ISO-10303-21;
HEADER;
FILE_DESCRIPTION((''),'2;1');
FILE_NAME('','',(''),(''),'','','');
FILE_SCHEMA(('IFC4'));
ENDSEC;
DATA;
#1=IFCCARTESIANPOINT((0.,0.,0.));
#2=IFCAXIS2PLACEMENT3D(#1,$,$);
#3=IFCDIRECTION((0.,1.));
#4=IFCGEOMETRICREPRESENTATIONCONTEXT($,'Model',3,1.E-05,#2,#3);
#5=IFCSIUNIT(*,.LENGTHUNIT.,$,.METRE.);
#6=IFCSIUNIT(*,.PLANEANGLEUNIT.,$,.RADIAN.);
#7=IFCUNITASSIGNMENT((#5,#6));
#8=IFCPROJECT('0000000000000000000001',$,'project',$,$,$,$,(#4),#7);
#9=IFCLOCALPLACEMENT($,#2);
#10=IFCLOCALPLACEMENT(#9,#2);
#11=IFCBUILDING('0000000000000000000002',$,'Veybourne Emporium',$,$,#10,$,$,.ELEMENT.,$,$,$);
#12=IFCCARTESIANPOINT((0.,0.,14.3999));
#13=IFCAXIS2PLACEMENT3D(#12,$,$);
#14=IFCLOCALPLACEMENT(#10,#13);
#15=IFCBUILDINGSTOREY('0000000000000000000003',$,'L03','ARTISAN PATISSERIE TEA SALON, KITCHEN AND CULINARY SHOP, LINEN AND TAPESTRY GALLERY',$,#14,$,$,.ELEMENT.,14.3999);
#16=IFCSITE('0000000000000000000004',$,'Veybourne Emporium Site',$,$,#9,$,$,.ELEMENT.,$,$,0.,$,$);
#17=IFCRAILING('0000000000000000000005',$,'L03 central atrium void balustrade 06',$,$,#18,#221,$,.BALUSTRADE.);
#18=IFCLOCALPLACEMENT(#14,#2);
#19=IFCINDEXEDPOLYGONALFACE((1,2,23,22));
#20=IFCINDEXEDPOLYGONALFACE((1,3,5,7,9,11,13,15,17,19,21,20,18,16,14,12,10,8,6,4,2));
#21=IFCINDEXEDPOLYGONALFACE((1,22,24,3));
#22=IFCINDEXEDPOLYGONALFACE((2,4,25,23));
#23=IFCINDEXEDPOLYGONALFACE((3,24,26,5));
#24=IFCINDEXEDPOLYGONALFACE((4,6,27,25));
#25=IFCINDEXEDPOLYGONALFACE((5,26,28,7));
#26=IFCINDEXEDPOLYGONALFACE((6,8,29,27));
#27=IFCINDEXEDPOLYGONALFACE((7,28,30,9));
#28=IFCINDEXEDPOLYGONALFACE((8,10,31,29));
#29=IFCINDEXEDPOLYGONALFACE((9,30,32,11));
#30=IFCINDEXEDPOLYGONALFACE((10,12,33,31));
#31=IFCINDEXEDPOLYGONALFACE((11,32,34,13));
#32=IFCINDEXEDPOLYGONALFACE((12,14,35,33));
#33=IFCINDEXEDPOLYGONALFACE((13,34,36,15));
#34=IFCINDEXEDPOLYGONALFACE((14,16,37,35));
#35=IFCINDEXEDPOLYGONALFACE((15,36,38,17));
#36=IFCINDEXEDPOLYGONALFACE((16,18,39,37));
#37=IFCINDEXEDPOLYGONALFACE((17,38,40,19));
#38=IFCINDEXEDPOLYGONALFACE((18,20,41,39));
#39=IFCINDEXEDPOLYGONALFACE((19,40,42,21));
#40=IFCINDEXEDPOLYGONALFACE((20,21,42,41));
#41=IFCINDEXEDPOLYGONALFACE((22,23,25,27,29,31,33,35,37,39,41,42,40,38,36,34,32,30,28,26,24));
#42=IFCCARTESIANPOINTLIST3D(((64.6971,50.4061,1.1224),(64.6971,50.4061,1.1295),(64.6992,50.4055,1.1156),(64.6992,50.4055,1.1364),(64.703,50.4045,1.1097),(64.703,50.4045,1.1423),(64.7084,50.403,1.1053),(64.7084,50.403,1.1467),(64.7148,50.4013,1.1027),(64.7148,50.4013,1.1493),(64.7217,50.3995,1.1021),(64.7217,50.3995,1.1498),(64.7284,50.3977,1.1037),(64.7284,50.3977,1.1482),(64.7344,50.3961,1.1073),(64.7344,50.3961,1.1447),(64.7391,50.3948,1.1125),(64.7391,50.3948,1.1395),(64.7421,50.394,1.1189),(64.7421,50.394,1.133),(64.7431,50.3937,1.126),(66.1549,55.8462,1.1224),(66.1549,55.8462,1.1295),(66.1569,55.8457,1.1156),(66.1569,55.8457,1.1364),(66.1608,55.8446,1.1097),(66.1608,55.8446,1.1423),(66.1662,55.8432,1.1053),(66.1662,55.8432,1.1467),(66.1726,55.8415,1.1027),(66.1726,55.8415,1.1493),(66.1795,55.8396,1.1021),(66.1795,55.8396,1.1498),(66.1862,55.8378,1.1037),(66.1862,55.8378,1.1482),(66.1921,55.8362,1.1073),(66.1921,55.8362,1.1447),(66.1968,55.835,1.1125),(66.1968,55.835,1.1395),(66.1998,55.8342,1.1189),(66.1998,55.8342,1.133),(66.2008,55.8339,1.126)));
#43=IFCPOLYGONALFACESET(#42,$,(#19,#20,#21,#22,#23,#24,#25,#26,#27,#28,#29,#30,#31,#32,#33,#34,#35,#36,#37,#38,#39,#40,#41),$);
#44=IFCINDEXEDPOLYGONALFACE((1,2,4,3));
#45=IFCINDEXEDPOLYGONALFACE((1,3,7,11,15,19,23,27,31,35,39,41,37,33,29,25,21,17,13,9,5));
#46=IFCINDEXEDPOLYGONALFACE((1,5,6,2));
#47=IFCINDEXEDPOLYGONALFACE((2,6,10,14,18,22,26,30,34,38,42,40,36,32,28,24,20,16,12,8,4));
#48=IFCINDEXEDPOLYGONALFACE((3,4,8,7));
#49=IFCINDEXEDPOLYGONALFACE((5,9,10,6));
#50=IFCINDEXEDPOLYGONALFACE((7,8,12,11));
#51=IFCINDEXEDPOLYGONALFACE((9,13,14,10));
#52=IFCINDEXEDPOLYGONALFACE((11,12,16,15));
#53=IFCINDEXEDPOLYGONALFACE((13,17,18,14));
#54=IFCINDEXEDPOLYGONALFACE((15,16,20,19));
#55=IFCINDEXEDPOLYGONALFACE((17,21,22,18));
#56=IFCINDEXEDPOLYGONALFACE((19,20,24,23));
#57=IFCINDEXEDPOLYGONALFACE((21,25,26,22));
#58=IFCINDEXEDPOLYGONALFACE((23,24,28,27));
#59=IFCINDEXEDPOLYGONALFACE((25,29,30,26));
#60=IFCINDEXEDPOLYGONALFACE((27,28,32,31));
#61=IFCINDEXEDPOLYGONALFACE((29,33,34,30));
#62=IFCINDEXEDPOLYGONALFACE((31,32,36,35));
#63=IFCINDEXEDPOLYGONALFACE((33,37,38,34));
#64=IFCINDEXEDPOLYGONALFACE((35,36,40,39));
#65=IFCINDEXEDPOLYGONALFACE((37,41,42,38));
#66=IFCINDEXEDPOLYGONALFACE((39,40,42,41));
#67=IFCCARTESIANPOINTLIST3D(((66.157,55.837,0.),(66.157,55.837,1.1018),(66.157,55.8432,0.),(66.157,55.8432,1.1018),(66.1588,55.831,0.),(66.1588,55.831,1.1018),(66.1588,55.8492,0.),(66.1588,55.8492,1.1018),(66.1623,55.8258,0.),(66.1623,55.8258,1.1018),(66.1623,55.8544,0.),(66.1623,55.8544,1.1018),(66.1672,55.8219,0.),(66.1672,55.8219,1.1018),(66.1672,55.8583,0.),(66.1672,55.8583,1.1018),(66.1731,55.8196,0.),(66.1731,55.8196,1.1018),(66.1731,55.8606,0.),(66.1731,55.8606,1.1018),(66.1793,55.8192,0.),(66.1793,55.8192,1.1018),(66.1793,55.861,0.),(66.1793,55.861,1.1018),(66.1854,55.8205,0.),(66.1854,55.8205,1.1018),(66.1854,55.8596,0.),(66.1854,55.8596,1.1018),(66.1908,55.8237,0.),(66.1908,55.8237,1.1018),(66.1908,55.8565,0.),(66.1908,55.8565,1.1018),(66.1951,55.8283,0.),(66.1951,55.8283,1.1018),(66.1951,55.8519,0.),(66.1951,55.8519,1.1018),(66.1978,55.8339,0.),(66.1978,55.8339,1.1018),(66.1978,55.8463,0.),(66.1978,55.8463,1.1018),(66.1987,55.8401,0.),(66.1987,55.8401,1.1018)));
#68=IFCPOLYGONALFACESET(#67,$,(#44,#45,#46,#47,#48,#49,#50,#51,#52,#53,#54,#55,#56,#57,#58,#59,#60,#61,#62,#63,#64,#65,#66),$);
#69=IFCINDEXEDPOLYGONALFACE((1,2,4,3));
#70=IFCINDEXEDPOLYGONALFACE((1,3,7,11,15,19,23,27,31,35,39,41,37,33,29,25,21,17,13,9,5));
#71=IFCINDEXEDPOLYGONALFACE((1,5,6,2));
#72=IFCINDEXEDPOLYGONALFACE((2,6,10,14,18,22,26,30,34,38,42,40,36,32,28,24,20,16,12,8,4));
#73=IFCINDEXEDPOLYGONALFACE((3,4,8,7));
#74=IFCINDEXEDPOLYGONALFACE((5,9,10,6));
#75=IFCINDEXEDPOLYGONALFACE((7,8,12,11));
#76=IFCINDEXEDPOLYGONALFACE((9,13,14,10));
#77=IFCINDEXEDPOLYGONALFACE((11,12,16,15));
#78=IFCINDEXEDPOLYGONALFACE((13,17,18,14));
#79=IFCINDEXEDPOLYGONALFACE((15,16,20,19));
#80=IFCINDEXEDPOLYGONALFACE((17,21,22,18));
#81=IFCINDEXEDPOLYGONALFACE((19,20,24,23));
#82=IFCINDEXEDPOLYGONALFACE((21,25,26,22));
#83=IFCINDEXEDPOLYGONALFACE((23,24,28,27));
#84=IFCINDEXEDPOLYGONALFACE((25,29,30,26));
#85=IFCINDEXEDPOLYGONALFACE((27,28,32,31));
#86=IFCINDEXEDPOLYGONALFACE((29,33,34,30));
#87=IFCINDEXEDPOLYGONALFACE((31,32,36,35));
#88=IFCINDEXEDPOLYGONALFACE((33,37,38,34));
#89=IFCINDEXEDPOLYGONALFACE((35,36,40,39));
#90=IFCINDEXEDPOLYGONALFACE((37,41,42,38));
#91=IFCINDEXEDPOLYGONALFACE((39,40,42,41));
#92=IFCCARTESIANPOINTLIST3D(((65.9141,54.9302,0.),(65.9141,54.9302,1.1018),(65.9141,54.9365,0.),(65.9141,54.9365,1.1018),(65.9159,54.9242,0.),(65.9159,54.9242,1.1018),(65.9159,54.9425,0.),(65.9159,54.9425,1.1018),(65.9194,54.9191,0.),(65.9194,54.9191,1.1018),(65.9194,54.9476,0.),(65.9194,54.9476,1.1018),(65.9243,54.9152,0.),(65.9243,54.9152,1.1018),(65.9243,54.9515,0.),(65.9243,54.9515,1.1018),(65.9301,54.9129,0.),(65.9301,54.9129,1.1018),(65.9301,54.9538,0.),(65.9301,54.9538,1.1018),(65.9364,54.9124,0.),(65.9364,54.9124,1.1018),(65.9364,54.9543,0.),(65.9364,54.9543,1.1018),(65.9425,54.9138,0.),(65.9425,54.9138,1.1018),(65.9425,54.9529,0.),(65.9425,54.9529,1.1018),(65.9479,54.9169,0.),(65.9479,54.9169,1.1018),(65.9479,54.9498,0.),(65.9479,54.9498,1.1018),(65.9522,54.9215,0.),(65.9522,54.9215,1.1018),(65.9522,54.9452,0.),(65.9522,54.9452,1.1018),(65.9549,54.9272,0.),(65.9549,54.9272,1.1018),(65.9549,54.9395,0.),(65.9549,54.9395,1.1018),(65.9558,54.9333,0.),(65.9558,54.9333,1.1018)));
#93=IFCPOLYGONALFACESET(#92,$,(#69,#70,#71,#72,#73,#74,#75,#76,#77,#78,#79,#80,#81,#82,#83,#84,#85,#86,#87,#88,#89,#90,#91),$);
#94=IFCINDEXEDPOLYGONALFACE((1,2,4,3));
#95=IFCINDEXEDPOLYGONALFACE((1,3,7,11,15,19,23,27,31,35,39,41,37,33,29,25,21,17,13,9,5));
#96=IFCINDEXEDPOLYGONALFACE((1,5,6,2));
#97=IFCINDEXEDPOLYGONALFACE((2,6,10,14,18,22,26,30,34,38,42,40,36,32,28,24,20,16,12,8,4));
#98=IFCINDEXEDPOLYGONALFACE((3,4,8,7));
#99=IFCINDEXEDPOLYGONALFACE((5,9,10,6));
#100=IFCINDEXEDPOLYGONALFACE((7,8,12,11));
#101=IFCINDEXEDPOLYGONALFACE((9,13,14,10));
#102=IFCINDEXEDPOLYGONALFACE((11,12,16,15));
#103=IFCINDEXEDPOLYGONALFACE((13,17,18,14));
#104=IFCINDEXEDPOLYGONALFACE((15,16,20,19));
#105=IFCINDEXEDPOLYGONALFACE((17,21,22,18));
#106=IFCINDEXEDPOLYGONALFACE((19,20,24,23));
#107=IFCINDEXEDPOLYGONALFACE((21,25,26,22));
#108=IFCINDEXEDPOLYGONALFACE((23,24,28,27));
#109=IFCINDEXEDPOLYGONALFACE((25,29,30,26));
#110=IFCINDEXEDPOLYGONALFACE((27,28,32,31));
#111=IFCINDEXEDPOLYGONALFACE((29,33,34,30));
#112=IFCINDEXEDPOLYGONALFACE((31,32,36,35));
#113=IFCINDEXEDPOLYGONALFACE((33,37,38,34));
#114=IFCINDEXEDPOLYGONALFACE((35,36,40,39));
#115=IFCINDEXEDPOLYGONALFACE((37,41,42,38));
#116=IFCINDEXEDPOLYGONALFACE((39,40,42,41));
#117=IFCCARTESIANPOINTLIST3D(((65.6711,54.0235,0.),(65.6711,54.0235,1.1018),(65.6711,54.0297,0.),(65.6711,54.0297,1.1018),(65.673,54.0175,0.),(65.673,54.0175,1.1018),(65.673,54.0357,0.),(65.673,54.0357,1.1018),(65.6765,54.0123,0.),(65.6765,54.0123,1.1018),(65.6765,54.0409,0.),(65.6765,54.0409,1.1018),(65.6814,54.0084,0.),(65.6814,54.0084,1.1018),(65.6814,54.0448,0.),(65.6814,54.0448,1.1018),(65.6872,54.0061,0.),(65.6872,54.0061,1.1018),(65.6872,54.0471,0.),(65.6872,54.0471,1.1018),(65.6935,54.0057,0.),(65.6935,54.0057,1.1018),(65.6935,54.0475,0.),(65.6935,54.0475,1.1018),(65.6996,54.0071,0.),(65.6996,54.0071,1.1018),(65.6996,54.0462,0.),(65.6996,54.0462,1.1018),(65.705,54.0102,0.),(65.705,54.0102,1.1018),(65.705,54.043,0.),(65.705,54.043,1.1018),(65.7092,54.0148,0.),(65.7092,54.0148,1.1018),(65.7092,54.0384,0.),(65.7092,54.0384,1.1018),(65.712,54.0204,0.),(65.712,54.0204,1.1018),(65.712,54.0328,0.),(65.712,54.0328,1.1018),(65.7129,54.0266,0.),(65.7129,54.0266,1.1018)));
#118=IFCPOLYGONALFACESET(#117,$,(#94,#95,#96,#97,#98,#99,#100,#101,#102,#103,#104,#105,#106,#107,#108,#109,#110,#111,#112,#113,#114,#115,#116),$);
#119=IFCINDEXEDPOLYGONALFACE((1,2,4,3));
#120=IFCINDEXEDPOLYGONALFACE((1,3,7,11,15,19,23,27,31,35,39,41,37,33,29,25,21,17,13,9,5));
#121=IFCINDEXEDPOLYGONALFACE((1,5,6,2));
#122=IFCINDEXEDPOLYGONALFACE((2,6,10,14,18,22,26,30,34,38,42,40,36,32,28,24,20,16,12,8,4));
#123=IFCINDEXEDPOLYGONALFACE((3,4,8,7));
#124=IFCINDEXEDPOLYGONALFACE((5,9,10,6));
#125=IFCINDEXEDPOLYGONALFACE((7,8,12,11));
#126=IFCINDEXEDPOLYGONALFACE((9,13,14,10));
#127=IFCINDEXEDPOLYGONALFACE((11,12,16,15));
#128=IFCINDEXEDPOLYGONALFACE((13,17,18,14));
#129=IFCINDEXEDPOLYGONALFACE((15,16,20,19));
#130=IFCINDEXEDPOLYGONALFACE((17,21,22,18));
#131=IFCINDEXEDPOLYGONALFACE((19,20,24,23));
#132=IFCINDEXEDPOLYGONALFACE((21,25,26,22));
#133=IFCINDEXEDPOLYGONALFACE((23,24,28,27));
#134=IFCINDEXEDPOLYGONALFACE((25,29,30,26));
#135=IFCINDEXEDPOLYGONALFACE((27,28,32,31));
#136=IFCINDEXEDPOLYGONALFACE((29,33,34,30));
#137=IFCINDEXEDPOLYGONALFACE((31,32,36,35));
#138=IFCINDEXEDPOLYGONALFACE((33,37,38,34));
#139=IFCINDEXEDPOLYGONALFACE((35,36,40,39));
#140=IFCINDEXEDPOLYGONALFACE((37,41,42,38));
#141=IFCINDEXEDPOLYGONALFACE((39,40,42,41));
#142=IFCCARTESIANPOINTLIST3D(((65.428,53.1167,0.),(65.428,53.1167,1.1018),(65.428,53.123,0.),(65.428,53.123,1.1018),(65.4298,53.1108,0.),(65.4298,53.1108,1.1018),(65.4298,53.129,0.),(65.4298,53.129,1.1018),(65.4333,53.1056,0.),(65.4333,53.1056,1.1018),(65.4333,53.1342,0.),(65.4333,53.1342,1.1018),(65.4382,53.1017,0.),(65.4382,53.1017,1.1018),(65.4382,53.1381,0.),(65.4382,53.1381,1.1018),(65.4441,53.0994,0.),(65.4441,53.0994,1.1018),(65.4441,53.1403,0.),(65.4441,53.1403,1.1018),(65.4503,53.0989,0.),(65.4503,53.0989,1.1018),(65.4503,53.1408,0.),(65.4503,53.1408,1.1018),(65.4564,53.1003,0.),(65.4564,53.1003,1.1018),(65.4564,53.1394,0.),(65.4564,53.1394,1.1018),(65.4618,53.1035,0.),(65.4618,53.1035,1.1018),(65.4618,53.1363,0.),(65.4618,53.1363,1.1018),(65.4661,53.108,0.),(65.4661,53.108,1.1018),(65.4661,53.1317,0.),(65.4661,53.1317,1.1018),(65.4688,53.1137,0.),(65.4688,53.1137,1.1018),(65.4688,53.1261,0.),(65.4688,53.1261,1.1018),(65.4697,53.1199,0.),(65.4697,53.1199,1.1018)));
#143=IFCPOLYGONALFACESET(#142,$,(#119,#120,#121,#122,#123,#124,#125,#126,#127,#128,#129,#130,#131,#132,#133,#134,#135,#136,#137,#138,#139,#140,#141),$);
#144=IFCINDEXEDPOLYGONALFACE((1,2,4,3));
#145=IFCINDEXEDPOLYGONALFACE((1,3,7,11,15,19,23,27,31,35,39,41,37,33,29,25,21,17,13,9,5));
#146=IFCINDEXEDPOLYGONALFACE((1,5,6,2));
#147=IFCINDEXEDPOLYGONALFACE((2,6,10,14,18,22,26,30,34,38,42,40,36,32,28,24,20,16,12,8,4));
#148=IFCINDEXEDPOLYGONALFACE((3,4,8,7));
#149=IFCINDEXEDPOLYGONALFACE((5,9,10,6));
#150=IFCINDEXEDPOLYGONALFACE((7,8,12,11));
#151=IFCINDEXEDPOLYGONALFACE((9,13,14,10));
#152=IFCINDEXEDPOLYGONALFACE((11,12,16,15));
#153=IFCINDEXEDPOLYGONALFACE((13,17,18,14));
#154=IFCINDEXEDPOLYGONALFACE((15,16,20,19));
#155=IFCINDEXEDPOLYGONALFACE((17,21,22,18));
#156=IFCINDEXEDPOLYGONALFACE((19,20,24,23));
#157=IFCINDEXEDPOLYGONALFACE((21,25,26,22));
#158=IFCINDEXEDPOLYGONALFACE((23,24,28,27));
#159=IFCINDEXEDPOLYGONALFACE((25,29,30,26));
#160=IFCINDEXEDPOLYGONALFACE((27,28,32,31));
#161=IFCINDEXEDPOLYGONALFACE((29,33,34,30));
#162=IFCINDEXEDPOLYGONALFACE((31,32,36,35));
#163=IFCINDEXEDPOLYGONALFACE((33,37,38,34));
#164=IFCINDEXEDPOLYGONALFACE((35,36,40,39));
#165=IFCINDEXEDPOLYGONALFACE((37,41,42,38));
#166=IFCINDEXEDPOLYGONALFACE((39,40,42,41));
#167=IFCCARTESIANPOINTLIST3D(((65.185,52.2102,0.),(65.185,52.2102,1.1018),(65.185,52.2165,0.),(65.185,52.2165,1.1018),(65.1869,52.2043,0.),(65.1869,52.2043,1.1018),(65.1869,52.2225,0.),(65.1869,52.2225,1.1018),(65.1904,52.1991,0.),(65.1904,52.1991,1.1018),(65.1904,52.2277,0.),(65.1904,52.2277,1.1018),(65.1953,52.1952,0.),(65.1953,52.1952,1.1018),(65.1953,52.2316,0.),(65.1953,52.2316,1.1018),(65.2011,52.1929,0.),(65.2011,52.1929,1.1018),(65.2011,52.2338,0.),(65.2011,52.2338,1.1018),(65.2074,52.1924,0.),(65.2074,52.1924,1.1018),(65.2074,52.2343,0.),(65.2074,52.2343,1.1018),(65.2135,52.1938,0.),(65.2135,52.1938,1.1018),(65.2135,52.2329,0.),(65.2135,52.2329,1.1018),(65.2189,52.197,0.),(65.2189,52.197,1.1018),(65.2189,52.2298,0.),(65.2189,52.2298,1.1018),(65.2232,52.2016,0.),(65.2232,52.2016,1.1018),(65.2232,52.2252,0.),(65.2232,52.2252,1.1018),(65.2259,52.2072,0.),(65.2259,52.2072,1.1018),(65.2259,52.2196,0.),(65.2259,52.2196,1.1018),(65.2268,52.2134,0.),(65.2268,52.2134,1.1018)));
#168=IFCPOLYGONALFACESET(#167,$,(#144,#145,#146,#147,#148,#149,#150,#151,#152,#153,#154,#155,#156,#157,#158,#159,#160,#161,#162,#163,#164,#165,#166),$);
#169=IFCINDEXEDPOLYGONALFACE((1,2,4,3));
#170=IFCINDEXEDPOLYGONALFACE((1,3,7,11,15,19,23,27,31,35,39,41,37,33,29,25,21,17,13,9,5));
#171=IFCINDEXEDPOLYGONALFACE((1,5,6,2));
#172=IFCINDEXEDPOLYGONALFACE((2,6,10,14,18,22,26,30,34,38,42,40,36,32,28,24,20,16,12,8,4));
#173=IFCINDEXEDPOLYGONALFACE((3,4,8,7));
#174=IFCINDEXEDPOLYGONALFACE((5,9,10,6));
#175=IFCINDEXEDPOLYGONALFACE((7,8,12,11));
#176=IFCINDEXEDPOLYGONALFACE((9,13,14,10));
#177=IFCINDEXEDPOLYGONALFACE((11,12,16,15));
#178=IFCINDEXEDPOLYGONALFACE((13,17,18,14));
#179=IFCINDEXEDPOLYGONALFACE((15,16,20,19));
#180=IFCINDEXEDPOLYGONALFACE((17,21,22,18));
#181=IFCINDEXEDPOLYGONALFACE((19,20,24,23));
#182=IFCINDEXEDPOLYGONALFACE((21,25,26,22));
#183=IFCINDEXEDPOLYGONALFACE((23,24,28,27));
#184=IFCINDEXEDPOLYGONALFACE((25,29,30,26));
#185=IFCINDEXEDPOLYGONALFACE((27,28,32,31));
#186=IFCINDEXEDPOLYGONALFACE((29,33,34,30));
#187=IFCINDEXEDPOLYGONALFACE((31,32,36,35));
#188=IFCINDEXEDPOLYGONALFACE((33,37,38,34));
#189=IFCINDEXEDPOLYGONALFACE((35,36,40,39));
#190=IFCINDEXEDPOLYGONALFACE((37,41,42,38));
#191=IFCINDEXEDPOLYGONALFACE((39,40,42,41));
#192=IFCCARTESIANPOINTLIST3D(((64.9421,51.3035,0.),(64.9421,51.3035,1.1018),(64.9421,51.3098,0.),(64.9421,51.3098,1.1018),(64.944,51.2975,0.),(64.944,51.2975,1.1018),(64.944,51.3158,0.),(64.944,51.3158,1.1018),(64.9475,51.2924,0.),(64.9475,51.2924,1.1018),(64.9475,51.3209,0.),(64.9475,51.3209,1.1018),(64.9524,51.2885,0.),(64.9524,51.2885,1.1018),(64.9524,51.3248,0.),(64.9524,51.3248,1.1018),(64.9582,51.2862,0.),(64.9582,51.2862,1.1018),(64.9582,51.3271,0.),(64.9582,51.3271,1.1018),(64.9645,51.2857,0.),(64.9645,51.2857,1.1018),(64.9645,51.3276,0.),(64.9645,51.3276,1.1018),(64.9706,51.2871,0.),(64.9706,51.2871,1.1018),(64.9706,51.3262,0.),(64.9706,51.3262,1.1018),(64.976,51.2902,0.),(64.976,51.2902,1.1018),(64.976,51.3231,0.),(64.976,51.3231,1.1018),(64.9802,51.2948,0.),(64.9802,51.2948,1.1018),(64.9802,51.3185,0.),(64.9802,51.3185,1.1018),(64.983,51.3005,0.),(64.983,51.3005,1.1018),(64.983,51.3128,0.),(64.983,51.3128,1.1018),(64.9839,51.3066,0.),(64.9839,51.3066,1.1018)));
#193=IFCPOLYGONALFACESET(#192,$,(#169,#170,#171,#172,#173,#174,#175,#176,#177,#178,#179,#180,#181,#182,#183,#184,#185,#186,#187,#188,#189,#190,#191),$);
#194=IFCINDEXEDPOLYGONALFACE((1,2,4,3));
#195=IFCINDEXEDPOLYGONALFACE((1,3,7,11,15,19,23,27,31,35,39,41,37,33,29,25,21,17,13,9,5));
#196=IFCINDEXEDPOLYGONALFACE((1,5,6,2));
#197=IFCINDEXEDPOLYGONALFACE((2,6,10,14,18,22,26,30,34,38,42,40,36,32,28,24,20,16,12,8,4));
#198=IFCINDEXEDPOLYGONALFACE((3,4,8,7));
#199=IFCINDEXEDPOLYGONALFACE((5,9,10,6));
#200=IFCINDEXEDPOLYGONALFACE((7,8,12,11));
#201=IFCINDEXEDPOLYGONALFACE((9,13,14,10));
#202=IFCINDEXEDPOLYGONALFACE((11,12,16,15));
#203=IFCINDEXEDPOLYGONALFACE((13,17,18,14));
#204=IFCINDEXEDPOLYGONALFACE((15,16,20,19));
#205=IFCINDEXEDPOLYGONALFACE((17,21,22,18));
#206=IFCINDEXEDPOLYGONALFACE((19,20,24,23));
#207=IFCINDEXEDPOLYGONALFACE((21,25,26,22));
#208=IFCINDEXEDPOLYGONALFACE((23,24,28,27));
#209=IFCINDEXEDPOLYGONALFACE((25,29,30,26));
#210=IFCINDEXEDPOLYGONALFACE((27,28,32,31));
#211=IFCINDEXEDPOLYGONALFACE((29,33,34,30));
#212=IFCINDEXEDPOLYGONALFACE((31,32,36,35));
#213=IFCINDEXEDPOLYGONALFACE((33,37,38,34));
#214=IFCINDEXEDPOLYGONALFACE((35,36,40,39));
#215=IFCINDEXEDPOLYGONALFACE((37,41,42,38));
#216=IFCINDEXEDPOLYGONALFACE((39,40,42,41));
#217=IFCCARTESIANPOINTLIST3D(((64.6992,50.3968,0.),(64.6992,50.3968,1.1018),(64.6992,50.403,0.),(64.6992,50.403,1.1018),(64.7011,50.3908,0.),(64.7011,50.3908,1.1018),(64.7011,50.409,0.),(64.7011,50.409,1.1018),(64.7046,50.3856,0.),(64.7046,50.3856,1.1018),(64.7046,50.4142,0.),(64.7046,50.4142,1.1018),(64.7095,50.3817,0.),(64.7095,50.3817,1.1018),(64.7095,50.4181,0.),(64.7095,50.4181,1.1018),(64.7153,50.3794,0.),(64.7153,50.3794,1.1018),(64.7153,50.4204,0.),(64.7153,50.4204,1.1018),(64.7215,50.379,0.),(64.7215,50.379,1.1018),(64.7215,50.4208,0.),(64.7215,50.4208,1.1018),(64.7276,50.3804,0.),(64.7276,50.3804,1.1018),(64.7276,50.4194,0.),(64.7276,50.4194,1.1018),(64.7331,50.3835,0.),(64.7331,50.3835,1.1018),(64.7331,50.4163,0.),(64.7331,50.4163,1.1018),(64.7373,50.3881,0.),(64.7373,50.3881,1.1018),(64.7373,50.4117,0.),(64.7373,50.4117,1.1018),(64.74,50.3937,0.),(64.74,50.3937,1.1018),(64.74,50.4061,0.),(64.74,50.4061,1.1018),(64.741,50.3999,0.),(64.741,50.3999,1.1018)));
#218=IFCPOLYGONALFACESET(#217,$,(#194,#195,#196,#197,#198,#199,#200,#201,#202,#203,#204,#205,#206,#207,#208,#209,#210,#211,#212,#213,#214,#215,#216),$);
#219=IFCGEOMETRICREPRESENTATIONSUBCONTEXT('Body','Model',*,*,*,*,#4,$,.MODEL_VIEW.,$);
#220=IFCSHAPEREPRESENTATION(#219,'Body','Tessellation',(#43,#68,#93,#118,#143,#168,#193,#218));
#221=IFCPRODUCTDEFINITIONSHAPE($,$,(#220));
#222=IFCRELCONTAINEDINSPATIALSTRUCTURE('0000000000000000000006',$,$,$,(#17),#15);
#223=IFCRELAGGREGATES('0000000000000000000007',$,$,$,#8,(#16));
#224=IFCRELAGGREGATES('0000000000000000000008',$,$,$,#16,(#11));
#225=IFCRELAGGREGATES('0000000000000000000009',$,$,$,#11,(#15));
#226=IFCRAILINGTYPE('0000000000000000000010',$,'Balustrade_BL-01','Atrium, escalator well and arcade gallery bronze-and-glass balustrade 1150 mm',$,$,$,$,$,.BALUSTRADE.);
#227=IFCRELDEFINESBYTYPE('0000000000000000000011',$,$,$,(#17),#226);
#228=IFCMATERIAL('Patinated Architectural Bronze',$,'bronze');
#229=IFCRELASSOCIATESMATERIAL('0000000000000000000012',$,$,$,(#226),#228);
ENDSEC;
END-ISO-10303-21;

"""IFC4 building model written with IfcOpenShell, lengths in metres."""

from ifc_helpers import new_model, si_unit, direction, frame, origin, origin_2d, place, context, subcontext, project, spatial, circle, extrude, material, type_object, element, save


model = new_model("IFC4")

# Units and contexts
model_context = context("Model", 3, precision=1e-05, world=origin(), true_north=direction((0.0, 1.0)))
body_context = subcontext(model_context, "Body", "Model", "MODEL_VIEW")
ifc_project = project(units=[si_unit("LENGTHUNIT", "METRE"), si_unit("PLANEANGLEUNIT", "RADIAN")], contexts=[model_context])

# Site, building, storey
site_placement = place(None, origin())
site = spatial("IfcSite", under=ifc_project, at=site_placement, Name="Veybourne Emporium Site", CompositionType="ELEMENT", RefElevation=0.0)
building_placement = place(site_placement, origin())
building = spatial("IfcBuilding", under=site, at=building_placement, Name="Veybourne Emporium", CompositionType="ELEMENT")
storey_placement = place(building_placement, frame((0.0, 0.0, 14.3999)))
storey = spatial("IfcBuildingStorey", under=building, at=storey_placement, Name="L03", Description="ARTISAN PATISSERIE TEA SALON, KITCHEN AND CULINARY SHOP, LINEN AND TAPESTRY GALLERY", CompositionType="ELEMENT", Elevation=14.3999)

# Railing
ifc_material_1 = material(Name="Patinated Architectural Bronze", Category="bronze")
railing_type = type_object("IfcRailingType", Name="Balustrade_BL-01", Description="Atrium, escalator well and arcade gallery bronze-and-glass balustrade 1150 mm", PredefinedType="BALUSTRADE", material=ifc_material_1)
railing_1_placement = place(storey_placement, frame((66.1777, 55.8401, 0.0)))
element("IfcRailing", 1, at=railing_1_placement, inside=storey, type_object=railing_type, Name="L03 central atrium void balustrade 06", PredefinedType="BALUSTRADE", context=body_context, shape_type="SweptSolid", body=[
    extrude(circle(Radius=0.0239, at=origin_2d()), frame((0.0, 0.0, 1.126), z_axis=(-0.258831, -0.965923, 0.0), x_axis=(0.965923, -0.258831, 0.0)), (0.0, 0.0, 1.0), 5.6321),
    extrude(circle(Radius=0.021, at=origin_2d()), origin(), (0.0, 0.0, 1.0), 1.1018),
    extrude(circle(Radius=0.021, at=origin_2d()), frame((-0.2429, -0.9067, 0.0)), (0.0, 0.0, 1.0), 1.1018),
    extrude(circle(Radius=0.021, at=origin_2d()), frame((-0.4858, -1.8135, 0.0)), (0.0, 0.0, 1.0), 1.1018),
    extrude(circle(Radius=0.021, at=origin_2d()), frame((-0.729, -2.7202, 0.0)), (0.0, 0.0, 1.0), 1.1018),
    extrude(circle(Radius=0.021, at=origin_2d()), frame((-0.9719, -3.6267, 0.0)), (0.0, 0.0, 1.0), 1.1018),
    extrude(circle(Radius=0.021, at=origin_2d()), frame((-1.2148, -4.5334, 0.0)), (0.0, 0.0, 1.0), 1.1018),
    extrude(circle(Radius=0.021, at=origin_2d()), frame((-1.4578, -5.4402, 0.0)), (0.0, 0.0, 1.0), 1.1018),
])

save(model, "model.ifc")
